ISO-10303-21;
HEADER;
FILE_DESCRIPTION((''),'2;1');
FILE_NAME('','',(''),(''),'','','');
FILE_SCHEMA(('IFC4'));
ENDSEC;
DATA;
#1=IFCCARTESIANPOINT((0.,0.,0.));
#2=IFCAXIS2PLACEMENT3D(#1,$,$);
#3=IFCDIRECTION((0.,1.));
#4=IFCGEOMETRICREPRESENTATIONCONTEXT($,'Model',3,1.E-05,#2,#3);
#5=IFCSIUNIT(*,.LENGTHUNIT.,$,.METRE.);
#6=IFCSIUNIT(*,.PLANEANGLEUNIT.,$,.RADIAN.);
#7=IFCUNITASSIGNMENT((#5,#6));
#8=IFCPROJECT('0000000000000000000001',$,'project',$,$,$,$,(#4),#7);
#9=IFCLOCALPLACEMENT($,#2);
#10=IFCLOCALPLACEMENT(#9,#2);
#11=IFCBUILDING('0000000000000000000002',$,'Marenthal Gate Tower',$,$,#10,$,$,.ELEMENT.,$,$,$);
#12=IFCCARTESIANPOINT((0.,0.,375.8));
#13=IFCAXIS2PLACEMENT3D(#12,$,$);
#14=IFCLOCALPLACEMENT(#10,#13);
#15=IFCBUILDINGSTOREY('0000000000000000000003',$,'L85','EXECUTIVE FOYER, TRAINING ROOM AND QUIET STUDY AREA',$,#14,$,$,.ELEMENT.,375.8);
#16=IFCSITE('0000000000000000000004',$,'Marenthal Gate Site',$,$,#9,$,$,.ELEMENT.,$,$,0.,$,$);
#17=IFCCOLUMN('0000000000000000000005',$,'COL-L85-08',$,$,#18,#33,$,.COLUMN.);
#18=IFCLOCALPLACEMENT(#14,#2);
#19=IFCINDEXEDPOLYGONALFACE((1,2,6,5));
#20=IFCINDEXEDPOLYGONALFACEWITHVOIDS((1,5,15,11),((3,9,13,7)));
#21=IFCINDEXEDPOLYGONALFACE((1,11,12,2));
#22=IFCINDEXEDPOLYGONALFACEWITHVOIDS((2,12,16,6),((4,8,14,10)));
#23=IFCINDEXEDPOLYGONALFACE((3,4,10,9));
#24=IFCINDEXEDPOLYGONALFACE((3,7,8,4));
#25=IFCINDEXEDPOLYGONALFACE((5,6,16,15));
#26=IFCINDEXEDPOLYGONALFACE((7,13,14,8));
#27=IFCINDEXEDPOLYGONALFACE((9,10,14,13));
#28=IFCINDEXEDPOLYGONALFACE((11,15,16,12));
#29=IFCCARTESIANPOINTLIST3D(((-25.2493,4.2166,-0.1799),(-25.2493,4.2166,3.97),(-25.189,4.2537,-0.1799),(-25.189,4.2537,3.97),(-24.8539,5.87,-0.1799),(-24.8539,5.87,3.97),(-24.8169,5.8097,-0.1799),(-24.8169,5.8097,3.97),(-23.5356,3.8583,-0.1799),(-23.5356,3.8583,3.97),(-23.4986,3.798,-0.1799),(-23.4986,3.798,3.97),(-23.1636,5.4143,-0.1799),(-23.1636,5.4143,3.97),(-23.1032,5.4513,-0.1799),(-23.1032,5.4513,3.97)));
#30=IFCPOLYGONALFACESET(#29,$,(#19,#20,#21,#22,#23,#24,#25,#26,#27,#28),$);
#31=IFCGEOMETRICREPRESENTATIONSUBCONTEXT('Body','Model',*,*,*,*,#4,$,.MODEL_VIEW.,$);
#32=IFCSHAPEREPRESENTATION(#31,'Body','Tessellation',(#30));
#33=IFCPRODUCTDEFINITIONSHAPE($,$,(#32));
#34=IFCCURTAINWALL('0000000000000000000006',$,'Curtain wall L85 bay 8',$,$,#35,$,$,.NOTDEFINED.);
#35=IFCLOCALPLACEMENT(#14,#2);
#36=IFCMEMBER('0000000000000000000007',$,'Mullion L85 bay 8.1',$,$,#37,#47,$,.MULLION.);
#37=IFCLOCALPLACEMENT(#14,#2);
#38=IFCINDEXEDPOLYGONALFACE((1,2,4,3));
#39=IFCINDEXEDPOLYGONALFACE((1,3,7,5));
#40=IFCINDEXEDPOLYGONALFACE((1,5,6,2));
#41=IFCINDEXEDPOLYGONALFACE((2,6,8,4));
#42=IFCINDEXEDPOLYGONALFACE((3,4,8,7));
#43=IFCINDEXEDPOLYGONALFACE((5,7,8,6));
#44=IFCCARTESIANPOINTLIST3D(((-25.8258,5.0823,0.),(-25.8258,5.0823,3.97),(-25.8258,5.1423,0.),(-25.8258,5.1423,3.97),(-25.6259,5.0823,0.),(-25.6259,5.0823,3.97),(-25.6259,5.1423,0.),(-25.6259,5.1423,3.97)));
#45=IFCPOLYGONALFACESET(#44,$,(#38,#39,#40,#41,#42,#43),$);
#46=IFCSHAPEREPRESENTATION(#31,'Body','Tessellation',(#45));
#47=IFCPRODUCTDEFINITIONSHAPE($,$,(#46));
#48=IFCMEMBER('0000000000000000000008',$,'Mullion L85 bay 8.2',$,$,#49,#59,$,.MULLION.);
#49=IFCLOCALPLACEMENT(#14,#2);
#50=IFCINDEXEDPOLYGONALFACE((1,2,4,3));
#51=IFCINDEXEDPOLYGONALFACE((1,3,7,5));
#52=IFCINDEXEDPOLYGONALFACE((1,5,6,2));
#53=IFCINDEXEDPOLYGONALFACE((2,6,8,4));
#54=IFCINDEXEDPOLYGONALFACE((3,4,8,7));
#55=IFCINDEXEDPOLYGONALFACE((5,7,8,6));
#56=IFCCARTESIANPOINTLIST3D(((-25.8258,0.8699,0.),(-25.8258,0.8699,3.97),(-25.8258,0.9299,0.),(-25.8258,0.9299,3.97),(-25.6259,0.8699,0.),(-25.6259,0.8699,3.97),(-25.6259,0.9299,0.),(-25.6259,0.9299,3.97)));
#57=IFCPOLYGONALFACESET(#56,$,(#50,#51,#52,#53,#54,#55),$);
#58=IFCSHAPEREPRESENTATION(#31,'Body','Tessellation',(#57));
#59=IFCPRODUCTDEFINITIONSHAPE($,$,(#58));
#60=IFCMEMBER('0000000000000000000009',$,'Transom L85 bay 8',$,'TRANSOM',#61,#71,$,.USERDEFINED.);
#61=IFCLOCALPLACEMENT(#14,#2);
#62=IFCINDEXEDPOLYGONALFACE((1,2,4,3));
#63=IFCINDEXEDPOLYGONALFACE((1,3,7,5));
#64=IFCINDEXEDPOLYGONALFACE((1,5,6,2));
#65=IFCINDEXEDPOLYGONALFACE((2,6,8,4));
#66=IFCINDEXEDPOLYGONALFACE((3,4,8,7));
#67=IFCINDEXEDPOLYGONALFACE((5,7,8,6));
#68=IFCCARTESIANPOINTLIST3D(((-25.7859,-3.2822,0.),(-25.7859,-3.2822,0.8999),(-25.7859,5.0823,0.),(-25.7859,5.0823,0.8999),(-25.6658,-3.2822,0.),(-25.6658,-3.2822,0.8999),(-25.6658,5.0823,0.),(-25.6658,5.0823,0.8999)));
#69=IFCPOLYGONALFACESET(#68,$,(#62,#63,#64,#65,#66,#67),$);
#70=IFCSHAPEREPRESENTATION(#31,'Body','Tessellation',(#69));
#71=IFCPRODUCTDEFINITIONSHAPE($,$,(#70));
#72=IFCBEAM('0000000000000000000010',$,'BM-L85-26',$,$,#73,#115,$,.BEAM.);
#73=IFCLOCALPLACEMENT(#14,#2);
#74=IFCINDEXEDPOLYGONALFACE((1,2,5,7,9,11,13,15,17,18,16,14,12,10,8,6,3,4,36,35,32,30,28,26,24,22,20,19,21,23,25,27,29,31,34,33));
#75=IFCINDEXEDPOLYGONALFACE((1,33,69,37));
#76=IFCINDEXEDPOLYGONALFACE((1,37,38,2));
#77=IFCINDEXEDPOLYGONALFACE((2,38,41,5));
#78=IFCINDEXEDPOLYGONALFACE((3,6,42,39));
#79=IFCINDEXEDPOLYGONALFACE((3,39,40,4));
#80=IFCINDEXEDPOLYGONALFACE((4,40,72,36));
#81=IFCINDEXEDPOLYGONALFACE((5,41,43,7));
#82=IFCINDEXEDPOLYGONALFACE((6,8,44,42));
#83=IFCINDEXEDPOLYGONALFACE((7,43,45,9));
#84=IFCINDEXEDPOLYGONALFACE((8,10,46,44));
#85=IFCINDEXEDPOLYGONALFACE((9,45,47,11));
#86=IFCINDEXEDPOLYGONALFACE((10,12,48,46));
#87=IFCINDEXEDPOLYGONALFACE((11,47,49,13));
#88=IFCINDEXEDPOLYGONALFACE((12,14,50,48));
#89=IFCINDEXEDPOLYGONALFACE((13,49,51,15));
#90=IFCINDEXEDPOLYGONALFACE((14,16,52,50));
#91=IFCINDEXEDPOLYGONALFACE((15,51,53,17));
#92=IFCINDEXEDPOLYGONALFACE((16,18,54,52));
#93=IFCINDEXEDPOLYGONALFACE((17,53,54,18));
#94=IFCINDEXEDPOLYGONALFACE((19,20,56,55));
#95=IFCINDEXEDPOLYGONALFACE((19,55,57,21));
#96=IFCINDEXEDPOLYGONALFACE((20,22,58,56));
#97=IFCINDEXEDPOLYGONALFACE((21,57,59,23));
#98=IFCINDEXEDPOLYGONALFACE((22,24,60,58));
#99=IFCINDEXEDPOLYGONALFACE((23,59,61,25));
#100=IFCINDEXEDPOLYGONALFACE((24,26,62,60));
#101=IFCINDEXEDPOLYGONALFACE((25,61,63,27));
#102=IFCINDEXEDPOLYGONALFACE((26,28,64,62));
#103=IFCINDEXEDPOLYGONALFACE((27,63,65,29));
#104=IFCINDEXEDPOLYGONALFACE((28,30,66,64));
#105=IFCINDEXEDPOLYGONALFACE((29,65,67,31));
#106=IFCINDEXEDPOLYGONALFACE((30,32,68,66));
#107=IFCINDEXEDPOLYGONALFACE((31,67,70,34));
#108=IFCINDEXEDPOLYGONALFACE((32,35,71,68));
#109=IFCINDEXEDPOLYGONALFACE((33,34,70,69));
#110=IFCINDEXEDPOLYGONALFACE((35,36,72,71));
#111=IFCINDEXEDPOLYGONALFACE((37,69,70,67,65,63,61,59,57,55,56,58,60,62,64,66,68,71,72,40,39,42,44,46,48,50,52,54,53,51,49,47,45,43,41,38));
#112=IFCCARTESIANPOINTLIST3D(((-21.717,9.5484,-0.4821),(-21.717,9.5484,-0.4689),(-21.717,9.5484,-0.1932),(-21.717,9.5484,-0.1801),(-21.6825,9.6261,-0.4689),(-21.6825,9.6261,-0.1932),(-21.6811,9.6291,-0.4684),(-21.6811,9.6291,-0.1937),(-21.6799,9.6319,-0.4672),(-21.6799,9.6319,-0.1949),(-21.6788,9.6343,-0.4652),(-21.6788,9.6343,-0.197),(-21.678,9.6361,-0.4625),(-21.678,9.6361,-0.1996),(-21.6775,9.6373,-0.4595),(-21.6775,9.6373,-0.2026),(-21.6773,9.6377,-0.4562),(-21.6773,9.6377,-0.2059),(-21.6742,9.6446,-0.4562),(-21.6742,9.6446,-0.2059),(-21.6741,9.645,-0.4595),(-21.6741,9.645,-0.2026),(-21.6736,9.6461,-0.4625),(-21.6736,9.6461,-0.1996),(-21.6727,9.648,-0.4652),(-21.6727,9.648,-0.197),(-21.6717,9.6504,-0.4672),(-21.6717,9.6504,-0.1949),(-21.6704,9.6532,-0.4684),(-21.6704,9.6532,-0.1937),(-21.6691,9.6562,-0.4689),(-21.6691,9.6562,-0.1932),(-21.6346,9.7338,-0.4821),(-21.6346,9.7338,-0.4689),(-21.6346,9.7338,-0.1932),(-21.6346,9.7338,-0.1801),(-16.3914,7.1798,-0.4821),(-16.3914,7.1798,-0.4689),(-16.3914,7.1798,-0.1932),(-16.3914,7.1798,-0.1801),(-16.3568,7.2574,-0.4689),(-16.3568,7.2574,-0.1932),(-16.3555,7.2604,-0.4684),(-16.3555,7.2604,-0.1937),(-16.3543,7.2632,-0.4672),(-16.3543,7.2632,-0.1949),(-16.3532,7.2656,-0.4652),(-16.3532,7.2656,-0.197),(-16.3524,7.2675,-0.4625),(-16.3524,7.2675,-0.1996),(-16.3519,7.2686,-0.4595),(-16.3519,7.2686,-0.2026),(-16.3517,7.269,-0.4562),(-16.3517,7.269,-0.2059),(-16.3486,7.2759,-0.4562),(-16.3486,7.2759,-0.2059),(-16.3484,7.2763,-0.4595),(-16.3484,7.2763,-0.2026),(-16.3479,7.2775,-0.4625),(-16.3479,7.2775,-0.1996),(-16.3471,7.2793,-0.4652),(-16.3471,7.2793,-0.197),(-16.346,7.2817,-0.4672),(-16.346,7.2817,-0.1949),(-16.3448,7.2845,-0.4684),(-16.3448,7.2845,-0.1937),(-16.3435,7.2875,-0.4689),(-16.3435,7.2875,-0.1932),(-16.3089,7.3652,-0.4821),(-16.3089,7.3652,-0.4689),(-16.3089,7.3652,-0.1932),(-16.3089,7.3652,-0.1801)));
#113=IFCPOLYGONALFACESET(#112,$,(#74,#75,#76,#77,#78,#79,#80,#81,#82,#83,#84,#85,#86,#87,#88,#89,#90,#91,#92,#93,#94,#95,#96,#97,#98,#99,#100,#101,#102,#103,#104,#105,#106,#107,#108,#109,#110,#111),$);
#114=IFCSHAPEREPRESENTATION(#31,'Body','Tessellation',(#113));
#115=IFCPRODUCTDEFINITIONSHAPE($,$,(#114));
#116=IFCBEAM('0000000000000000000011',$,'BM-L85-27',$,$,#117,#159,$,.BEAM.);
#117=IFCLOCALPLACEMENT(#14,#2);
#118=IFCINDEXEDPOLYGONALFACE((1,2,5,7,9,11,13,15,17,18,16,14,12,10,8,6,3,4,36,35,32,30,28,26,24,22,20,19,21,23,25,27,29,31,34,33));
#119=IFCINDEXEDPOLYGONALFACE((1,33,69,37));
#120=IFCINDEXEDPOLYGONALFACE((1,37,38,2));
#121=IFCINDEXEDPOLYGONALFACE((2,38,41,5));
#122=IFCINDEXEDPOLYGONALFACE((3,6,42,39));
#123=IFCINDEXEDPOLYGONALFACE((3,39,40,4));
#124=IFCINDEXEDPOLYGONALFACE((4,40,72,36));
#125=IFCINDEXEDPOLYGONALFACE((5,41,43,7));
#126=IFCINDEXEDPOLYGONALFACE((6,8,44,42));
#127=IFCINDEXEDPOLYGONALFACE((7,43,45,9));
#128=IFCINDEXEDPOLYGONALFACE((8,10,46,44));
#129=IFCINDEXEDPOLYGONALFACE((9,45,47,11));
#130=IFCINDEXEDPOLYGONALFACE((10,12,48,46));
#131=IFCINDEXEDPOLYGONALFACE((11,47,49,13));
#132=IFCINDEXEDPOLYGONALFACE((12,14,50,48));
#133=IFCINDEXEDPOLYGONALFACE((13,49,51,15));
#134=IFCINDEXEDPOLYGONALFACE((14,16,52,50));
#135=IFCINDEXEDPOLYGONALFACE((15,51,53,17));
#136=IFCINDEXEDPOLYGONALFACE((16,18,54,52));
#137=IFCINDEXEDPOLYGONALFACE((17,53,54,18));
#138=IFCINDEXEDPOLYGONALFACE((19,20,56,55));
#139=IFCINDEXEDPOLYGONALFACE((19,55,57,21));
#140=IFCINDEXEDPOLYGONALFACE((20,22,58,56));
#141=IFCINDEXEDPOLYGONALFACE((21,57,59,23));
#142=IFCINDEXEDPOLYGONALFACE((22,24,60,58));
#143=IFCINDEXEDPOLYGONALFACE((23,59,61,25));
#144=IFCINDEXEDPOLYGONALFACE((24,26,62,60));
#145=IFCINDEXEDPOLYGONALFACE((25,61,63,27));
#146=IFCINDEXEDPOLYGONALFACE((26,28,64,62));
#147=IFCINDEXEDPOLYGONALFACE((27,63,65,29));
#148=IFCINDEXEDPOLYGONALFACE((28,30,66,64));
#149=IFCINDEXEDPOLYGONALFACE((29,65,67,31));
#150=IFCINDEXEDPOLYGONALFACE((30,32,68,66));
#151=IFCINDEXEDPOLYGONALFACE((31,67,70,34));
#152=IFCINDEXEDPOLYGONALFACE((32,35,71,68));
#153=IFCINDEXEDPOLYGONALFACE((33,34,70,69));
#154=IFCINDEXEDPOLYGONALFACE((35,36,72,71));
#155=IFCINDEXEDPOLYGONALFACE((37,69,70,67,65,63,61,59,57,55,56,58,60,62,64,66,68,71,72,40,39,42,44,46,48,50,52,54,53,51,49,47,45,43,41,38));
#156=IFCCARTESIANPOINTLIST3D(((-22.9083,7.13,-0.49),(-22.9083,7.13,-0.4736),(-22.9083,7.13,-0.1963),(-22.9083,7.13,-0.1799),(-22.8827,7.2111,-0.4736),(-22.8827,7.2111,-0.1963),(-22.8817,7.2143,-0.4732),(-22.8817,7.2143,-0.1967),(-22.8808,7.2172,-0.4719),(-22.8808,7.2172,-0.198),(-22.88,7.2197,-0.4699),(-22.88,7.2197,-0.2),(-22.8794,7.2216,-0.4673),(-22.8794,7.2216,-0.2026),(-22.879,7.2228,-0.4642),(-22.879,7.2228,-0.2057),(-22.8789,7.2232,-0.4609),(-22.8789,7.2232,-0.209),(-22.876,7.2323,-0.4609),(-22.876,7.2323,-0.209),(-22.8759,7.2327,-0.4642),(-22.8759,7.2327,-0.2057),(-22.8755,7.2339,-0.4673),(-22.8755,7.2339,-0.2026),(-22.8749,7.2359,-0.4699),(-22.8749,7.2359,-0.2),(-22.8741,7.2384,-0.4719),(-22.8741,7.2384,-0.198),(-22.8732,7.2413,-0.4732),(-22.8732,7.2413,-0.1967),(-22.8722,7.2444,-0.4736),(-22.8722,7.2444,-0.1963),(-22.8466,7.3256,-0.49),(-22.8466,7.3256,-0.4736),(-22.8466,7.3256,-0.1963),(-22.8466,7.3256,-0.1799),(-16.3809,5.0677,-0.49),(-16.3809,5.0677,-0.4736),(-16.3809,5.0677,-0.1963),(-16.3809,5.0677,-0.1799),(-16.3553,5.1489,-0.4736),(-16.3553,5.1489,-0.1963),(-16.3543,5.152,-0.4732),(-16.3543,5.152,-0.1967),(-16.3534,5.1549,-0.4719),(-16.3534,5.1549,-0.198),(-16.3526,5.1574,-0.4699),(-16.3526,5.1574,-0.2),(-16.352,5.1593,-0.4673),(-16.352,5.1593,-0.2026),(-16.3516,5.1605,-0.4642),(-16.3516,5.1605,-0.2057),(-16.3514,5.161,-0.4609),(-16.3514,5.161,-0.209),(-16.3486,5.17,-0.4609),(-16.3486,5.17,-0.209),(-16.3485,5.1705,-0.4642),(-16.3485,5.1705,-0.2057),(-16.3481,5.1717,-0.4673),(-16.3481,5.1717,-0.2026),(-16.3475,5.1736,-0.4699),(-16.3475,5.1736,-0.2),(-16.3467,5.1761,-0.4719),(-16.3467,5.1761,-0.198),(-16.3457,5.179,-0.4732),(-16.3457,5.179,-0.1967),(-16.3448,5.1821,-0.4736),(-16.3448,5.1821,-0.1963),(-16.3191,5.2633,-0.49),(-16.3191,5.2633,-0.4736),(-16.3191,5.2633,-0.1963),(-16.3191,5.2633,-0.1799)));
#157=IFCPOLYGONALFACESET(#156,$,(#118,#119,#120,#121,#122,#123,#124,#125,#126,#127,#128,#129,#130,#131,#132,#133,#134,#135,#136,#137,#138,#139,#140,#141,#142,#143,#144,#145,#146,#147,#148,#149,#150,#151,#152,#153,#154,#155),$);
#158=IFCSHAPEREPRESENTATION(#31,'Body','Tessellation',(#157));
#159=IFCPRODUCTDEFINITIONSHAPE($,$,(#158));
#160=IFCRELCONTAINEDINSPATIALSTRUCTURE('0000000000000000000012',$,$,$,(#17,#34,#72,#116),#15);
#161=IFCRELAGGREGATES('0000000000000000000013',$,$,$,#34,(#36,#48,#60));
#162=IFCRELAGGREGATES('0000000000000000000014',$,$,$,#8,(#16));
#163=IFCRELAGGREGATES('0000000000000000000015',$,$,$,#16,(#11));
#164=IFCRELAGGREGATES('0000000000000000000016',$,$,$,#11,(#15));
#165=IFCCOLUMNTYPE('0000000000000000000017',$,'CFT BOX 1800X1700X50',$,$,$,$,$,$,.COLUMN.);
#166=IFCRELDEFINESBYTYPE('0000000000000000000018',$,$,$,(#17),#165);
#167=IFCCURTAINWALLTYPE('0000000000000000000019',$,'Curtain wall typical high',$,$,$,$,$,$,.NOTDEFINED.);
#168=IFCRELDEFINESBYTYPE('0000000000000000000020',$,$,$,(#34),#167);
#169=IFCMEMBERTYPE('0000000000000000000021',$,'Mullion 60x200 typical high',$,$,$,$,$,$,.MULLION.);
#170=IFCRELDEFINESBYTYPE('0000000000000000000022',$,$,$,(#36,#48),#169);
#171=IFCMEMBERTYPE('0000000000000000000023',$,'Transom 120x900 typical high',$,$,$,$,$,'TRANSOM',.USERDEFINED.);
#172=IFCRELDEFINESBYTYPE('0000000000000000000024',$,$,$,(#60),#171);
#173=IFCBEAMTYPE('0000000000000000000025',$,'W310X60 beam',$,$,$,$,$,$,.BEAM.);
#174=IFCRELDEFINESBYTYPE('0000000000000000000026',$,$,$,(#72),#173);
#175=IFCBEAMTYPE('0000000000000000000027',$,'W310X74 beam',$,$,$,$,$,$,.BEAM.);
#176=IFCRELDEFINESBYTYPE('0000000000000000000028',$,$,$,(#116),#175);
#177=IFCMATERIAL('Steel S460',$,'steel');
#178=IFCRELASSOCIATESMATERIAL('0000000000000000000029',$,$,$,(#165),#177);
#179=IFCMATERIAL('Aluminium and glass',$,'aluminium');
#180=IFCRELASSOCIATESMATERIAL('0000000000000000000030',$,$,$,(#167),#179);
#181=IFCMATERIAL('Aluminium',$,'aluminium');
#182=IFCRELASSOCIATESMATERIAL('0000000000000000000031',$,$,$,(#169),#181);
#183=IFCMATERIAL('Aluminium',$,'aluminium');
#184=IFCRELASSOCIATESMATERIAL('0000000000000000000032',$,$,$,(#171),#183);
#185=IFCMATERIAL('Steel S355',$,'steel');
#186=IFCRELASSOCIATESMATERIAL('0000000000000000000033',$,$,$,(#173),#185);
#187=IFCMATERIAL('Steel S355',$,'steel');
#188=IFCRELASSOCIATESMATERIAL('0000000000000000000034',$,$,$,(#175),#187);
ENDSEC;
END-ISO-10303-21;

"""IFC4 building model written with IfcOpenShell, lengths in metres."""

from ifc_helpers import new_model, si_unit, direction, frame, origin, origin_2d, place, context, subcontext, project, spatial, rectangle, hollow_rectangle, i_section, extrude, material, material_profile, profile_set, type_object, element, aggregate, save


model = new_model("IFC4")

# Units and contexts
model_context = context("Model", 3, precision=1e-05, world=origin(), true_north=direction((0.0, 1.0)))
body_context = subcontext(model_context, "Body", "Model", "MODEL_VIEW")
ifc_project = project(units=[si_unit("LENGTHUNIT", "METRE"), si_unit("PLANEANGLEUNIT", "RADIAN")], contexts=[model_context])

# Site, building, storey
site_placement = place(None, origin())
site = spatial("IfcSite", under=ifc_project, at=site_placement, Name="Marenthal Gate Site", CompositionType="ELEMENT", RefElevation=0.0)
building_placement = place(site_placement, origin())
building = spatial("IfcBuilding", under=site, at=building_placement, Name="Marenthal Gate Tower", CompositionType="ELEMENT")
storey_placement = place(building_placement, frame((0.0, 0.0, 375.8)))
storey = spatial("IfcBuildingStorey", under=building, at=storey_placement, Name="L85", Description="EXECUTIVE FOYER, TRAINING ROOM AND QUIET STUDY AREA", CompositionType="ELEMENT", Elevation=375.8)

# Column
ifc_material_1 = material(Name="Steel S460", Category="steel")
ifc_material_profile_1 = material_profile(ifc_material_1, hollow_rectangle(XDim=1.7, YDim=1.8, WallThickness=0.05, at=origin_2d()), Name="CFT BOX 1800X1700X50")
ifc_material_2 = material(Name="Concrete 70 MPa", Category="concrete")
ifc_material_profile_2 = material_profile(ifc_material_2, rectangle(XDim=1.6001, YDim=1.7, at=origin_2d()), Name="CFT BOX 1800X1700X50 INFILL")
ifc_profile_set_1 = profile_set([ifc_material_profile_1, ifc_material_profile_2], Name="Steel S460 shell, Concrete 70 MPa infill")
column_type = type_object("IfcColumnType", Name="CFT BOX 1800X1700X50", PredefinedType="COLUMN", material=ifc_profile_set_1)
column_placement = place(storey_placement, frame((-24.1763, 4.834, -0.1799), z_axis=(0.0, 0.0, 1.0), x_axis=(0.232571, 0.972579, 0.0)))
element("IfcColumn", 1, at=column_placement, inside=storey, type_object=column_type, Name="COL-L85-08", PredefinedType="COLUMN", context=body_context, shape_type="SweptSolid", body=[
    extrude(hollow_rectangle(XDim=1.7, YDim=1.8, WallThickness=0.05, at=origin_2d()), origin(), (0.0, 0.0, 1.0), 4.1499),
])

# Curtain wall, members
ifc_material_3 = material(Name="Aluminium and glass", Category="aluminium")
curtain_wall_type = type_object("IfcCurtainWallType", Name="Curtain wall typical high", PredefinedType="NOTDEFINED", material=ifc_material_3)
curtain_wall_placement = place(storey_placement, origin())
curtain_wall = element("IfcCurtainWall", 2, at=curtain_wall_placement, inside=storey, type_object=curtain_wall_type, Name="Curtain wall L85 bay 8", PredefinedType="NOTDEFINED")
ifc_material_4 = material(Name="Aluminium", Category="aluminium")
ifc_material_profile_3 = material_profile(ifc_material_4, rectangle(XDim=0.2, YDim=0.0601, at=origin_2d()), Name="60x200 aluminium mullion")
ifc_profile_set_2 = profile_set([ifc_material_profile_3], Name="Aluminium")
member_type_1 = type_object("IfcMemberType", Name="Mullion 60x200 typical high", PredefinedType="MULLION", material=ifc_profile_set_2)
member_1_placement = place(storey_placement, frame((-25.7258, 5.1123, 0.0), z_axis=(0.0, 0.0, 1.0), x_axis=(1.0, 0.0, 0.0)))
member_1 = element("IfcMember", 3, at=member_1_placement, type_object=member_type_1, Name="Mullion L85 bay 8.1", PredefinedType="MULLION", context=body_context, shape_type="SweptSolid", body=[
    extrude(rectangle(XDim=0.2, YDim=0.0601, at=origin_2d()), origin(), (0.0, 0.0, 1.0), 3.97),
])
member_2_placement = place(storey_placement, frame((-25.7258, 0.8999, 0.0), z_axis=(0.0, 0.0, 1.0), x_axis=(1.0, 0.0, 0.0)))
member_2 = element("IfcMember", 4, at=member_2_placement, type_object=member_type_1, Name="Mullion L85 bay 8.2", PredefinedType="MULLION", context=body_context, shape_type="SweptSolid", body=[
    extrude(rectangle(XDim=0.2, YDim=0.0601, at=origin_2d()), origin(), (0.0, 0.0, 1.0), 3.97),
])
ifc_material_5 = material(Name="Aluminium", Category="aluminium")
ifc_material_profile_4 = material_profile(ifc_material_5, rectangle(XDim=0.1201, YDim=0.8999, at=origin_2d()), Name="120x900 aluminium transom")
ifc_profile_set_3 = profile_set([ifc_material_profile_4], Name="Aluminium")
member_type_2 = type_object("IfcMemberType", Name="Transom 120x900 typical high", ElementType="TRANSOM", PredefinedType="USERDEFINED", material=ifc_profile_set_3)
member_3_placement = place(storey_placement, frame((-25.7258, 5.0823, 0.45), z_axis=(0.0, -1.0, 0.0), x_axis=(1.0, 0.0, 0.0)))
member_3 = element("IfcMember", 5, at=member_3_placement, type_object=member_type_2, Name="Transom L85 bay 8", ObjectType="TRANSOM", PredefinedType="USERDEFINED", context=body_context, shape_type="SweptSolid", body=[
    extrude(rectangle(XDim=0.1201, YDim=0.8999, at=origin_2d()), origin(), (0.0, 0.0, 1.0), 8.3645),
])

# Beams
ifc_material_6 = material(Name="Steel S355", Category="steel")
ifc_material_profile_5 = material_profile(ifc_material_6, i_section(OverallWidth=0.2029, OverallDepth=0.302, WebThickness=0.0076, FlangeThickness=0.0132, FilletRadius=0.0127, at=origin_2d()), Name="W310X60")
ifc_profile_set_4 = profile_set([ifc_material_profile_5], Name="Steel S355")
beam_type_1 = type_object("IfcBeamType", Name="W310X60 beam", PredefinedType="BEAM", material=ifc_profile_set_4)
beam_1_placement = place(storey_placement, frame((-21.6758, 9.6411, -0.3311), z_axis=(0.913704, -0.406379, 0.0), x_axis=(0.406379, 0.913704, 0.0)))
element("IfcBeam", 6, at=beam_1_placement, inside=storey, type_object=beam_type_1, Name="BM-L85-26", PredefinedType="BEAM", context=body_context, shape_type="SweptSolid", body=[
    extrude(i_section(OverallWidth=0.2029, OverallDepth=0.302, WebThickness=0.0076, FlangeThickness=0.0132, FilletRadius=0.0127, at=origin_2d()), origin(), (0.0, 0.0, 1.0), 5.8286),
])
ifc_material_7 = material(Name="Steel S355", Category="steel")
ifc_material_profile_6 = material_profile(ifc_material_7, i_section(OverallWidth=0.2051, OverallDepth=0.3101, WebThickness=0.0095, FlangeThickness=0.0164, FilletRadius=0.0127, at=origin_2d()), Name="W310X74")
ifc_profile_set_5 = profile_set([ifc_material_profile_6], Name="Steel S355")
beam_type_2 = type_object("IfcBeamType", Name="W310X74 beam", PredefinedType="BEAM", material=ifc_profile_set_5)
beam_2_placement = place(storey_placement, frame((-22.8774, 7.2278, -0.335), z_axis=(0.953541, -0.301263, 0.0), x_axis=(0.301263, 0.953541, 0.0)))
element("IfcBeam", 7, at=beam_2_placement, inside=storey, type_object=beam_type_2, Name="BM-L85-27", PredefinedType="BEAM", context=body_context, shape_type="SweptSolid", body=[
    extrude(i_section(OverallWidth=0.2051, OverallDepth=0.3101, WebThickness=0.0095, FlangeThickness=0.0164, FilletRadius=0.0127, at=origin_2d()), origin(), (0.0, 0.0, 1.0), 6.8455),
])

aggregate(curtain_wall, [member_1, member_2, member_3])

save(model, "model.ifc")
